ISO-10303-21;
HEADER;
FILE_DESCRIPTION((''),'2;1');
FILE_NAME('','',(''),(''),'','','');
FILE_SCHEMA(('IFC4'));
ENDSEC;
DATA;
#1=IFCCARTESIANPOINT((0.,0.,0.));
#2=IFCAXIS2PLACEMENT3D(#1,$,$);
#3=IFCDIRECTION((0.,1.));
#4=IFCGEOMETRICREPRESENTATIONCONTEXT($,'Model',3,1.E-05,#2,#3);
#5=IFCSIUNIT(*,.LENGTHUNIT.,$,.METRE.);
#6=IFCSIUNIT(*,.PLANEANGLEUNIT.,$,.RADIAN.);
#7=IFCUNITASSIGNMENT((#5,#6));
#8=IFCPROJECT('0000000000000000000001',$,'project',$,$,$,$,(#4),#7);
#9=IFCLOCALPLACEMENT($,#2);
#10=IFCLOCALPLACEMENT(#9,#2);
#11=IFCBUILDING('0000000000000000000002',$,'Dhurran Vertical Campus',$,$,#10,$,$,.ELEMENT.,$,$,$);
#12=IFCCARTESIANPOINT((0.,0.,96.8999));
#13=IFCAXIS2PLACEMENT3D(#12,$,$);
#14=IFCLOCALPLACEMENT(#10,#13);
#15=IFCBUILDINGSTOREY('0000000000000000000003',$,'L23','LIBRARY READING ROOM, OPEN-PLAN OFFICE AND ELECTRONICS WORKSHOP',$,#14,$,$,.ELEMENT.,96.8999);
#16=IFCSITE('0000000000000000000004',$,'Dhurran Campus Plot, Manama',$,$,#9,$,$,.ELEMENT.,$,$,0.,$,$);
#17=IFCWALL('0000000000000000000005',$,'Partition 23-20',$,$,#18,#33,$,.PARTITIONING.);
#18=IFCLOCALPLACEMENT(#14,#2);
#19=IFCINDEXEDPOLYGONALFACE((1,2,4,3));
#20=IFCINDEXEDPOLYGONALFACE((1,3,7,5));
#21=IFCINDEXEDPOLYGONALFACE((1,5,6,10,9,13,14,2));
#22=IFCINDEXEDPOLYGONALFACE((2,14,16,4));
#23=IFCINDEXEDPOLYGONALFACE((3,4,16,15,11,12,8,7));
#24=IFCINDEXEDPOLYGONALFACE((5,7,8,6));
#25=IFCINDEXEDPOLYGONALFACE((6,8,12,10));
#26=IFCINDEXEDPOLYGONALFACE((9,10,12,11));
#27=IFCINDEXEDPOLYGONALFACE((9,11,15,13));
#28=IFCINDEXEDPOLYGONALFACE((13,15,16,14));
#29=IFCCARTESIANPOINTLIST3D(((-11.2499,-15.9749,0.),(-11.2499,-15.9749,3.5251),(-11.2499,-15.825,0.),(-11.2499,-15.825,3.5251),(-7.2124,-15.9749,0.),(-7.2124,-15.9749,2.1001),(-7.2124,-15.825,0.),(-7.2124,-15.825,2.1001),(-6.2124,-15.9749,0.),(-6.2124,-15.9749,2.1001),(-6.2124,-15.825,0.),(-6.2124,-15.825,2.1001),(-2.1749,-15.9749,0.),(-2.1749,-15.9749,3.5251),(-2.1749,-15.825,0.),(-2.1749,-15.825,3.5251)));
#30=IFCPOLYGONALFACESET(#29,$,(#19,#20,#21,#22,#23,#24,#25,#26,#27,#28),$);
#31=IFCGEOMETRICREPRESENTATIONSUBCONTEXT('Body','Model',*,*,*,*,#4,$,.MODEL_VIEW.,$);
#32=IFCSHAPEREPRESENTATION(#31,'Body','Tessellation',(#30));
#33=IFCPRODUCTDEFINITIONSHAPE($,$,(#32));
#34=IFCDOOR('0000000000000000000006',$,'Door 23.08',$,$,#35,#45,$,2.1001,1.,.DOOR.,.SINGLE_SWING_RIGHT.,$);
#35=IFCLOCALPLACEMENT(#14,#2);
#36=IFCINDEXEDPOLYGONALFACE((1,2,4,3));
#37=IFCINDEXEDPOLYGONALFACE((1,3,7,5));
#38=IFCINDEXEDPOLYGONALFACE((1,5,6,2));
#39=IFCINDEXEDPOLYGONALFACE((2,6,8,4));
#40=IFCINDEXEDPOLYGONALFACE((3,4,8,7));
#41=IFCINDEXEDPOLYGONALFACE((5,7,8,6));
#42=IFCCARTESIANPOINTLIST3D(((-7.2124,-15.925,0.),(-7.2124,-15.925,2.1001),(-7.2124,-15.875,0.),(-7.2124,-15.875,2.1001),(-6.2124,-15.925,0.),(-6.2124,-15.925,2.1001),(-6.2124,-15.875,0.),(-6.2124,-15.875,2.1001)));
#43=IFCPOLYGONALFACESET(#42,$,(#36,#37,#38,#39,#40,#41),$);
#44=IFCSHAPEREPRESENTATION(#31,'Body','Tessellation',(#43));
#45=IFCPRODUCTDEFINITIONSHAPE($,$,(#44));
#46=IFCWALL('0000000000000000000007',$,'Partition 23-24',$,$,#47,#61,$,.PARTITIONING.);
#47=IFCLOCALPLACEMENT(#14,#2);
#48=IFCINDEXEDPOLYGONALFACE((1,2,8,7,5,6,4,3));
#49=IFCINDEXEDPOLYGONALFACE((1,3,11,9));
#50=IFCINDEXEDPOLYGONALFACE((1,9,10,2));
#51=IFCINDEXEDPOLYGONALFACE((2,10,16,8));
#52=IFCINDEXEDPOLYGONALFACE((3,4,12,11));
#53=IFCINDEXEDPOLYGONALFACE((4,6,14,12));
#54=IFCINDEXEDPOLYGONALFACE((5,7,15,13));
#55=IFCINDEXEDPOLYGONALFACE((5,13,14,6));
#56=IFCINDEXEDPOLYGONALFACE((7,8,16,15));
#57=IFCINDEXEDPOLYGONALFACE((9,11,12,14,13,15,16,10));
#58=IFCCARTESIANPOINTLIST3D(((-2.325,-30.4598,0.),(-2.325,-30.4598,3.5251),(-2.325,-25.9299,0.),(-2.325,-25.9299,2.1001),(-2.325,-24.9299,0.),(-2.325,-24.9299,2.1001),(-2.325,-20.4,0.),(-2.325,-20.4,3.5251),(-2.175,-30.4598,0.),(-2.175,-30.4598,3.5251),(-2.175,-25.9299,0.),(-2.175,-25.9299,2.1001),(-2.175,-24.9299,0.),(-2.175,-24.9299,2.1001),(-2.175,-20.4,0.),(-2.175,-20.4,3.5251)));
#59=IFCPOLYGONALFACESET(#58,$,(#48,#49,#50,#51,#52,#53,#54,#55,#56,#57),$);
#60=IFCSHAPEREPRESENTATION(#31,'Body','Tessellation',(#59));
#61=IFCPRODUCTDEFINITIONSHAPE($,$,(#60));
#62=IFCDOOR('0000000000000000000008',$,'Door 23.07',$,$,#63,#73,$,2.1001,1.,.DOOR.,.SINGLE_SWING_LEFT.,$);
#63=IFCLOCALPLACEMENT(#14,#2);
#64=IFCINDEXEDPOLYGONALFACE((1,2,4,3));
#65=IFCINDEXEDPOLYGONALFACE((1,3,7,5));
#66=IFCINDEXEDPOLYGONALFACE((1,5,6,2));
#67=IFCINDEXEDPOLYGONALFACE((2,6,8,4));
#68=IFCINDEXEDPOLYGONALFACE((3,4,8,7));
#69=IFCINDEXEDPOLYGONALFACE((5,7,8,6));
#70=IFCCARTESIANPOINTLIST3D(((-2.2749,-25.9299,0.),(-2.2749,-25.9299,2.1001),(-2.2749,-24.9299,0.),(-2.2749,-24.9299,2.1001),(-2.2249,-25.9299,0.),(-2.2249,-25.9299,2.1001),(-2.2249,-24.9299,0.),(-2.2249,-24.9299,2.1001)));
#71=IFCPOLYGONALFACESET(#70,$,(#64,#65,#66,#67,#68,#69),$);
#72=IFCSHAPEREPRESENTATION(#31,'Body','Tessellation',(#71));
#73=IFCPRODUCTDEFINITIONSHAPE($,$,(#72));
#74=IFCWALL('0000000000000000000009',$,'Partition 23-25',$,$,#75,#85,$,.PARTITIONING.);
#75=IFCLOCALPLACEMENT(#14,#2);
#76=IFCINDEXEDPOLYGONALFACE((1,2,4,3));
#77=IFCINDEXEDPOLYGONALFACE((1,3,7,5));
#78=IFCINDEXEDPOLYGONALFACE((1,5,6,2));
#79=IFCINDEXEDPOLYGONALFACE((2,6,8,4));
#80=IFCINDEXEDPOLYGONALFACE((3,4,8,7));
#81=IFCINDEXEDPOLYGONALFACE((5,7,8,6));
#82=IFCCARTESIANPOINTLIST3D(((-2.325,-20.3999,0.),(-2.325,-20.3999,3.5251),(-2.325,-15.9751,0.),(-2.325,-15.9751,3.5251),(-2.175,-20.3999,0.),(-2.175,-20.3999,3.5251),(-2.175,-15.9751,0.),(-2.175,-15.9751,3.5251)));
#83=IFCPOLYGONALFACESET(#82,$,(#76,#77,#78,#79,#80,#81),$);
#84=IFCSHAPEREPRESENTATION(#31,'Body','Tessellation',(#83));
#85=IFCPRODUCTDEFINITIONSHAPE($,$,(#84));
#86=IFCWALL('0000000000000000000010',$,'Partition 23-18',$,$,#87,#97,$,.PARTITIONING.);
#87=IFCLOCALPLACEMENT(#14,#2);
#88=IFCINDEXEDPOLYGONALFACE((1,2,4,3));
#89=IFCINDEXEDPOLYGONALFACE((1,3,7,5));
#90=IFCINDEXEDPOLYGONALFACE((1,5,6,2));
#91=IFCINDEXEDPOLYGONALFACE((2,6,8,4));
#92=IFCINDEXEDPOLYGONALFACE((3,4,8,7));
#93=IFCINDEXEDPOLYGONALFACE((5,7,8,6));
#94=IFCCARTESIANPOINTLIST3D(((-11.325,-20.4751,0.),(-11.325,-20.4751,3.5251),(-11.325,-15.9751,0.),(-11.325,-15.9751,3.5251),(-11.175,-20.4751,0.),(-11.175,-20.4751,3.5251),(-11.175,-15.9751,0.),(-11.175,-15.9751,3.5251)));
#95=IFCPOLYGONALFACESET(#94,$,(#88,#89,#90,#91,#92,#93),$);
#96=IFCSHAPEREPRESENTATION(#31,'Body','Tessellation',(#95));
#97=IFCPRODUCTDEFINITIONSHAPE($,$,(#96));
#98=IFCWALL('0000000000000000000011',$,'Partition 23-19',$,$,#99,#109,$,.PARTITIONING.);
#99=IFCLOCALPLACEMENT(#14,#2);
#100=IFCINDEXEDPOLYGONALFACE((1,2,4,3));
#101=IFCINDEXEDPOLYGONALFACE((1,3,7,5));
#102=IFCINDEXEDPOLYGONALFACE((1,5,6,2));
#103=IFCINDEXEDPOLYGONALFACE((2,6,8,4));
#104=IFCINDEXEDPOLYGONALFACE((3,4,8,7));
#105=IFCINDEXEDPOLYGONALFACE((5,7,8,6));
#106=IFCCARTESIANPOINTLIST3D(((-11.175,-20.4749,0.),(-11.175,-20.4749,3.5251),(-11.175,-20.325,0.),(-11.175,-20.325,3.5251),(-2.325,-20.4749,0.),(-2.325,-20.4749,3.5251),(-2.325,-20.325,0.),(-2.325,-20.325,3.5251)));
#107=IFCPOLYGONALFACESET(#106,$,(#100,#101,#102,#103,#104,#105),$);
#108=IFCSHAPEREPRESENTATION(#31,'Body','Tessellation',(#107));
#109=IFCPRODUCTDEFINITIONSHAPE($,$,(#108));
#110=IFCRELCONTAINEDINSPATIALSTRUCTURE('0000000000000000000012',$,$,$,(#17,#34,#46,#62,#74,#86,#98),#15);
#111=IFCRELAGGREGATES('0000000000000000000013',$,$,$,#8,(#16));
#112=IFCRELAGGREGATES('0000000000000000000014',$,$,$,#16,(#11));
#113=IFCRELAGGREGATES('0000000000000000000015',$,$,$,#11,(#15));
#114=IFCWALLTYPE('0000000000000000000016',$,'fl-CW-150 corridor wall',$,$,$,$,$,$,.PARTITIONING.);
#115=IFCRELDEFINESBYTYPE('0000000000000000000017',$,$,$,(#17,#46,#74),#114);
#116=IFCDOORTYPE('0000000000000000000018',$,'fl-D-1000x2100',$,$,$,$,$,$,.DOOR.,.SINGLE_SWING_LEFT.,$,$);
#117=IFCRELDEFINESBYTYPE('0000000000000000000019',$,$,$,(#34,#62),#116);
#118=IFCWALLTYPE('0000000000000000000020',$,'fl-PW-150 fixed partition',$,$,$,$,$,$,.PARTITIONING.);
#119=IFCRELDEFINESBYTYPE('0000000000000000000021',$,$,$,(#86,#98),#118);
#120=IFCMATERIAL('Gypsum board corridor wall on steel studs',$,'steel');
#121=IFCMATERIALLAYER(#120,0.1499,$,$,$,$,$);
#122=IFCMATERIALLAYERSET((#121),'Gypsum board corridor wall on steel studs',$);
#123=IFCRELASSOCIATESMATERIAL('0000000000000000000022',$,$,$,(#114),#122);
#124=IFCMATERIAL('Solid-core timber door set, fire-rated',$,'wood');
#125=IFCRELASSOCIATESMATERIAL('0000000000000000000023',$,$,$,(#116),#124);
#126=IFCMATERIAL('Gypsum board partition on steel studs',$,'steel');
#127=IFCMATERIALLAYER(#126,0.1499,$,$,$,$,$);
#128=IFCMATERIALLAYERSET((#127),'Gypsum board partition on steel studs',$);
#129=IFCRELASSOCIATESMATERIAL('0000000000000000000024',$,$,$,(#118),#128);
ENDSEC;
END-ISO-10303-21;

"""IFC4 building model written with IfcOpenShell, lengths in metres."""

from ifc_helpers import new_model, si_unit, direction, frame, frame_2d, origin, place, context, subcontext, project, spatial, rectangle, extrude, material, layer, layer_set, type_object, element, fill, save


model = new_model("IFC4")

# Units and contexts
model_context = context("Model", 3, precision=1e-05, world=origin(), true_north=direction((0.0, 1.0)))
body_context = subcontext(model_context, "Body", "Model", "MODEL_VIEW")
ifc_project = project(units=[si_unit("LENGTHUNIT", "METRE"), si_unit("PLANEANGLEUNIT", "RADIAN")], contexts=[model_context])

# Site, building, storey
site_placement = place(None, origin())
site = spatial("IfcSite", under=ifc_project, at=site_placement, Name="Dhurran Campus Plot, Manama", CompositionType="ELEMENT", RefElevation=0.0)
building_placement = place(site_placement, origin())
building = spatial("IfcBuilding", under=site, at=building_placement, Name="Dhurran Vertical Campus", CompositionType="ELEMENT")
storey_placement = place(building_placement, frame((0.0, 0.0, 96.8999)))
storey = spatial("IfcBuildingStorey", under=building, at=storey_placement, Name="L23", Description="LIBRARY READING ROOM, OPEN-PLAN OFFICE AND ELECTRONICS WORKSHOP", CompositionType="ELEMENT", Elevation=96.8999)

# Walls, openings, doors
ifc_material_1 = material(Name="Gypsum board corridor wall on steel studs", Category="steel")
ifc_layer_1 = layer(ifc_material_1, 0.1499)
ifc_layer_set_1 = layer_set([ifc_layer_1], Name="Gypsum board corridor wall on steel studs")
wall_type_1 = type_object("IfcWallType", Name="fl-CW-150 corridor wall", PredefinedType="PARTITIONING", material=ifc_layer_set_1)
wall_1_placement = place(storey_placement, frame((-11.25, -15.8999, 0.0), z_axis=(0.0, 0.0, 1.0), x_axis=(1.0, 0.0, 0.0)))
wall_1 = element("IfcWall", 1, at=wall_1_placement, inside=storey, type_object=wall_type_1, Name="Partition 23-20", PredefinedType="PARTITIONING", context=body_context, shape_type="SweptSolid", body=[
    extrude(rectangle(XDim=9.075, YDim=0.1499, at=frame_2d((4.5376, 0.0))), origin(), (0.0, 0.0, 1.0), 3.5251),
])
opening_1_placement = place(wall_1_placement, frame((4.0376, 0.0, 0.0)))
opening_1 = element("IfcOpeningElement", 2, at=opening_1_placement, cuts=wall_1, PredefinedType="OPENING", context=body_context, shape_type="SweptSolid", body=[
    extrude(rectangle(XDim=1.0, YDim=2.1001, at=frame_2d((0.5, 1.05))), frame((0.0, 0.085, 0.0), z_axis=(0.0, -1.0, 0.0), x_axis=(1.0, 0.0, 0.0)), (0.0, 0.0, 1.0), 0.1699),
])
ifc_material_2 = material(Name="Solid-core timber door set, fire-rated", Category="wood")
door_type_1 = type_object("IfcDoorType", Name="fl-D-1000x2100", OperationType="SINGLE_SWING_LEFT", PredefinedType="DOOR", material=ifc_material_2)
door_1_placement = place(opening_1_placement, origin())
door_1 = element("IfcDoor", 3, at=door_1_placement, inside=storey, type_object=door_type_1, Name="Door 23.08", OperationType="SINGLE_SWING_RIGHT", OverallHeight=2.1001, OverallWidth=1.0, PredefinedType="DOOR", context=body_context, shape_type="SweptSolid", body=[
    extrude(rectangle(XDim=1.0, YDim=2.1001, at=frame_2d((0.5, 1.05))), frame((0.0, 0.0249, 0.0), z_axis=(0.0, -1.0, 0.0), x_axis=(1.0, 0.0, 0.0)), (0.0, 0.0, 1.0), 0.05),
])
fill(opening_1, door_1)
wall_2_placement = place(storey_placement, frame((-2.25, -30.4597, 0.0), z_axis=(0.0, 0.0, 1.0), x_axis=(0.0, 1.0, 0.0)))
wall_2 = element("IfcWall", 4, at=wall_2_placement, inside=storey, type_object=wall_type_1, Name="Partition 23-24", PredefinedType="PARTITIONING", context=body_context, shape_type="SweptSolid", body=[
    extrude(rectangle(XDim=10.0598, YDim=0.1499, at=frame_2d((5.0298, 0.0))), origin(), (0.0, 0.0, 1.0), 3.5251),
])
opening_2_placement = place(wall_2_placement, frame((4.5298, 0.0, 0.0)))
opening_2 = element("IfcOpeningElement", 5, at=opening_2_placement, cuts=wall_2, PredefinedType="OPENING", context=body_context, shape_type="SweptSolid", body=[
    extrude(rectangle(XDim=1.0, YDim=2.1001, at=frame_2d((0.5, 1.05))), frame((0.0, 0.085, 0.0), z_axis=(0.0, -1.0, 0.0), x_axis=(1.0, 0.0, 0.0)), (0.0, 0.0, 1.0), 0.1699),
])
door_2_placement = place(opening_2_placement, origin())
door_2 = element("IfcDoor", 6, at=door_2_placement, inside=storey, type_object=door_type_1, Name="Door 23.07", OperationType="SINGLE_SWING_LEFT", OverallHeight=2.1001, OverallWidth=1.0, PredefinedType="DOOR", context=body_context, shape_type="SweptSolid", body=[
    extrude(rectangle(XDim=1.0, YDim=2.1001, at=frame_2d((0.5, 1.05))), frame((0.0, 0.0249, 0.0), z_axis=(0.0, -1.0, 0.0), x_axis=(1.0, 0.0, 0.0)), (0.0, 0.0, 1.0), 0.05),
])
fill(opening_2, door_2)

# Walls
wall_3_placement = place(storey_placement, frame((-2.25, -20.3999, 0.0), z_axis=(0.0, 0.0, 1.0), x_axis=(0.0, 1.0, 0.0)))
element("IfcWall", 7, at=wall_3_placement, inside=storey, type_object=wall_type_1, Name="Partition 23-25", PredefinedType="PARTITIONING", context=body_context, shape_type="SweptSolid", body=[
    extrude(rectangle(XDim=4.4248, YDim=0.1499, at=frame_2d((2.2124, 0.0))), origin(), (0.0, 0.0, 1.0), 3.5251),
])
ifc_material_3 = material(Name="Gypsum board partition on steel studs", Category="steel")
ifc_layer_2 = layer(ifc_material_3, 0.1499)
ifc_layer_set_2 = layer_set([ifc_layer_2], Name="Gypsum board partition on steel studs")
wall_type_2 = type_object("IfcWallType", Name="fl-PW-150 fixed partition", PredefinedType="PARTITIONING", material=ifc_layer_set_2)
wall_4_placement = place(storey_placement, frame((-11.25, -15.9751, 0.0), z_axis=(0.0, 0.0, 1.0), x_axis=(0.0, -1.0, 0.0)))
element("IfcWall", 8, at=wall_4_placement, inside=storey, type_object=wall_type_2, Name="Partition 23-18", PredefinedType="PARTITIONING", context=body_context, shape_type="SweptSolid", body=[
    extrude(rectangle(XDim=4.5, YDim=0.1499, at=frame_2d((2.25, 0.0))), origin(), (0.0, 0.0, 1.0), 3.5251),
])
wall_5_placement = place(storey_placement, frame((-11.175, -20.3999, 0.0), z_axis=(0.0, 0.0, 1.0), x_axis=(1.0, 0.0, 0.0)))
element("IfcWall", 9, at=wall_5_placement, inside=storey, type_object=wall_type_2, Name="Partition 23-19", PredefinedType="PARTITIONING", context=body_context, shape_type="SweptSolid", body=[
    extrude(rectangle(XDim=8.8501, YDim=0.1499, at=frame_2d((4.425, 0.0))), origin(), (0.0, 0.0, 1.0), 3.5251),
])

save(model, "model.ifc")
